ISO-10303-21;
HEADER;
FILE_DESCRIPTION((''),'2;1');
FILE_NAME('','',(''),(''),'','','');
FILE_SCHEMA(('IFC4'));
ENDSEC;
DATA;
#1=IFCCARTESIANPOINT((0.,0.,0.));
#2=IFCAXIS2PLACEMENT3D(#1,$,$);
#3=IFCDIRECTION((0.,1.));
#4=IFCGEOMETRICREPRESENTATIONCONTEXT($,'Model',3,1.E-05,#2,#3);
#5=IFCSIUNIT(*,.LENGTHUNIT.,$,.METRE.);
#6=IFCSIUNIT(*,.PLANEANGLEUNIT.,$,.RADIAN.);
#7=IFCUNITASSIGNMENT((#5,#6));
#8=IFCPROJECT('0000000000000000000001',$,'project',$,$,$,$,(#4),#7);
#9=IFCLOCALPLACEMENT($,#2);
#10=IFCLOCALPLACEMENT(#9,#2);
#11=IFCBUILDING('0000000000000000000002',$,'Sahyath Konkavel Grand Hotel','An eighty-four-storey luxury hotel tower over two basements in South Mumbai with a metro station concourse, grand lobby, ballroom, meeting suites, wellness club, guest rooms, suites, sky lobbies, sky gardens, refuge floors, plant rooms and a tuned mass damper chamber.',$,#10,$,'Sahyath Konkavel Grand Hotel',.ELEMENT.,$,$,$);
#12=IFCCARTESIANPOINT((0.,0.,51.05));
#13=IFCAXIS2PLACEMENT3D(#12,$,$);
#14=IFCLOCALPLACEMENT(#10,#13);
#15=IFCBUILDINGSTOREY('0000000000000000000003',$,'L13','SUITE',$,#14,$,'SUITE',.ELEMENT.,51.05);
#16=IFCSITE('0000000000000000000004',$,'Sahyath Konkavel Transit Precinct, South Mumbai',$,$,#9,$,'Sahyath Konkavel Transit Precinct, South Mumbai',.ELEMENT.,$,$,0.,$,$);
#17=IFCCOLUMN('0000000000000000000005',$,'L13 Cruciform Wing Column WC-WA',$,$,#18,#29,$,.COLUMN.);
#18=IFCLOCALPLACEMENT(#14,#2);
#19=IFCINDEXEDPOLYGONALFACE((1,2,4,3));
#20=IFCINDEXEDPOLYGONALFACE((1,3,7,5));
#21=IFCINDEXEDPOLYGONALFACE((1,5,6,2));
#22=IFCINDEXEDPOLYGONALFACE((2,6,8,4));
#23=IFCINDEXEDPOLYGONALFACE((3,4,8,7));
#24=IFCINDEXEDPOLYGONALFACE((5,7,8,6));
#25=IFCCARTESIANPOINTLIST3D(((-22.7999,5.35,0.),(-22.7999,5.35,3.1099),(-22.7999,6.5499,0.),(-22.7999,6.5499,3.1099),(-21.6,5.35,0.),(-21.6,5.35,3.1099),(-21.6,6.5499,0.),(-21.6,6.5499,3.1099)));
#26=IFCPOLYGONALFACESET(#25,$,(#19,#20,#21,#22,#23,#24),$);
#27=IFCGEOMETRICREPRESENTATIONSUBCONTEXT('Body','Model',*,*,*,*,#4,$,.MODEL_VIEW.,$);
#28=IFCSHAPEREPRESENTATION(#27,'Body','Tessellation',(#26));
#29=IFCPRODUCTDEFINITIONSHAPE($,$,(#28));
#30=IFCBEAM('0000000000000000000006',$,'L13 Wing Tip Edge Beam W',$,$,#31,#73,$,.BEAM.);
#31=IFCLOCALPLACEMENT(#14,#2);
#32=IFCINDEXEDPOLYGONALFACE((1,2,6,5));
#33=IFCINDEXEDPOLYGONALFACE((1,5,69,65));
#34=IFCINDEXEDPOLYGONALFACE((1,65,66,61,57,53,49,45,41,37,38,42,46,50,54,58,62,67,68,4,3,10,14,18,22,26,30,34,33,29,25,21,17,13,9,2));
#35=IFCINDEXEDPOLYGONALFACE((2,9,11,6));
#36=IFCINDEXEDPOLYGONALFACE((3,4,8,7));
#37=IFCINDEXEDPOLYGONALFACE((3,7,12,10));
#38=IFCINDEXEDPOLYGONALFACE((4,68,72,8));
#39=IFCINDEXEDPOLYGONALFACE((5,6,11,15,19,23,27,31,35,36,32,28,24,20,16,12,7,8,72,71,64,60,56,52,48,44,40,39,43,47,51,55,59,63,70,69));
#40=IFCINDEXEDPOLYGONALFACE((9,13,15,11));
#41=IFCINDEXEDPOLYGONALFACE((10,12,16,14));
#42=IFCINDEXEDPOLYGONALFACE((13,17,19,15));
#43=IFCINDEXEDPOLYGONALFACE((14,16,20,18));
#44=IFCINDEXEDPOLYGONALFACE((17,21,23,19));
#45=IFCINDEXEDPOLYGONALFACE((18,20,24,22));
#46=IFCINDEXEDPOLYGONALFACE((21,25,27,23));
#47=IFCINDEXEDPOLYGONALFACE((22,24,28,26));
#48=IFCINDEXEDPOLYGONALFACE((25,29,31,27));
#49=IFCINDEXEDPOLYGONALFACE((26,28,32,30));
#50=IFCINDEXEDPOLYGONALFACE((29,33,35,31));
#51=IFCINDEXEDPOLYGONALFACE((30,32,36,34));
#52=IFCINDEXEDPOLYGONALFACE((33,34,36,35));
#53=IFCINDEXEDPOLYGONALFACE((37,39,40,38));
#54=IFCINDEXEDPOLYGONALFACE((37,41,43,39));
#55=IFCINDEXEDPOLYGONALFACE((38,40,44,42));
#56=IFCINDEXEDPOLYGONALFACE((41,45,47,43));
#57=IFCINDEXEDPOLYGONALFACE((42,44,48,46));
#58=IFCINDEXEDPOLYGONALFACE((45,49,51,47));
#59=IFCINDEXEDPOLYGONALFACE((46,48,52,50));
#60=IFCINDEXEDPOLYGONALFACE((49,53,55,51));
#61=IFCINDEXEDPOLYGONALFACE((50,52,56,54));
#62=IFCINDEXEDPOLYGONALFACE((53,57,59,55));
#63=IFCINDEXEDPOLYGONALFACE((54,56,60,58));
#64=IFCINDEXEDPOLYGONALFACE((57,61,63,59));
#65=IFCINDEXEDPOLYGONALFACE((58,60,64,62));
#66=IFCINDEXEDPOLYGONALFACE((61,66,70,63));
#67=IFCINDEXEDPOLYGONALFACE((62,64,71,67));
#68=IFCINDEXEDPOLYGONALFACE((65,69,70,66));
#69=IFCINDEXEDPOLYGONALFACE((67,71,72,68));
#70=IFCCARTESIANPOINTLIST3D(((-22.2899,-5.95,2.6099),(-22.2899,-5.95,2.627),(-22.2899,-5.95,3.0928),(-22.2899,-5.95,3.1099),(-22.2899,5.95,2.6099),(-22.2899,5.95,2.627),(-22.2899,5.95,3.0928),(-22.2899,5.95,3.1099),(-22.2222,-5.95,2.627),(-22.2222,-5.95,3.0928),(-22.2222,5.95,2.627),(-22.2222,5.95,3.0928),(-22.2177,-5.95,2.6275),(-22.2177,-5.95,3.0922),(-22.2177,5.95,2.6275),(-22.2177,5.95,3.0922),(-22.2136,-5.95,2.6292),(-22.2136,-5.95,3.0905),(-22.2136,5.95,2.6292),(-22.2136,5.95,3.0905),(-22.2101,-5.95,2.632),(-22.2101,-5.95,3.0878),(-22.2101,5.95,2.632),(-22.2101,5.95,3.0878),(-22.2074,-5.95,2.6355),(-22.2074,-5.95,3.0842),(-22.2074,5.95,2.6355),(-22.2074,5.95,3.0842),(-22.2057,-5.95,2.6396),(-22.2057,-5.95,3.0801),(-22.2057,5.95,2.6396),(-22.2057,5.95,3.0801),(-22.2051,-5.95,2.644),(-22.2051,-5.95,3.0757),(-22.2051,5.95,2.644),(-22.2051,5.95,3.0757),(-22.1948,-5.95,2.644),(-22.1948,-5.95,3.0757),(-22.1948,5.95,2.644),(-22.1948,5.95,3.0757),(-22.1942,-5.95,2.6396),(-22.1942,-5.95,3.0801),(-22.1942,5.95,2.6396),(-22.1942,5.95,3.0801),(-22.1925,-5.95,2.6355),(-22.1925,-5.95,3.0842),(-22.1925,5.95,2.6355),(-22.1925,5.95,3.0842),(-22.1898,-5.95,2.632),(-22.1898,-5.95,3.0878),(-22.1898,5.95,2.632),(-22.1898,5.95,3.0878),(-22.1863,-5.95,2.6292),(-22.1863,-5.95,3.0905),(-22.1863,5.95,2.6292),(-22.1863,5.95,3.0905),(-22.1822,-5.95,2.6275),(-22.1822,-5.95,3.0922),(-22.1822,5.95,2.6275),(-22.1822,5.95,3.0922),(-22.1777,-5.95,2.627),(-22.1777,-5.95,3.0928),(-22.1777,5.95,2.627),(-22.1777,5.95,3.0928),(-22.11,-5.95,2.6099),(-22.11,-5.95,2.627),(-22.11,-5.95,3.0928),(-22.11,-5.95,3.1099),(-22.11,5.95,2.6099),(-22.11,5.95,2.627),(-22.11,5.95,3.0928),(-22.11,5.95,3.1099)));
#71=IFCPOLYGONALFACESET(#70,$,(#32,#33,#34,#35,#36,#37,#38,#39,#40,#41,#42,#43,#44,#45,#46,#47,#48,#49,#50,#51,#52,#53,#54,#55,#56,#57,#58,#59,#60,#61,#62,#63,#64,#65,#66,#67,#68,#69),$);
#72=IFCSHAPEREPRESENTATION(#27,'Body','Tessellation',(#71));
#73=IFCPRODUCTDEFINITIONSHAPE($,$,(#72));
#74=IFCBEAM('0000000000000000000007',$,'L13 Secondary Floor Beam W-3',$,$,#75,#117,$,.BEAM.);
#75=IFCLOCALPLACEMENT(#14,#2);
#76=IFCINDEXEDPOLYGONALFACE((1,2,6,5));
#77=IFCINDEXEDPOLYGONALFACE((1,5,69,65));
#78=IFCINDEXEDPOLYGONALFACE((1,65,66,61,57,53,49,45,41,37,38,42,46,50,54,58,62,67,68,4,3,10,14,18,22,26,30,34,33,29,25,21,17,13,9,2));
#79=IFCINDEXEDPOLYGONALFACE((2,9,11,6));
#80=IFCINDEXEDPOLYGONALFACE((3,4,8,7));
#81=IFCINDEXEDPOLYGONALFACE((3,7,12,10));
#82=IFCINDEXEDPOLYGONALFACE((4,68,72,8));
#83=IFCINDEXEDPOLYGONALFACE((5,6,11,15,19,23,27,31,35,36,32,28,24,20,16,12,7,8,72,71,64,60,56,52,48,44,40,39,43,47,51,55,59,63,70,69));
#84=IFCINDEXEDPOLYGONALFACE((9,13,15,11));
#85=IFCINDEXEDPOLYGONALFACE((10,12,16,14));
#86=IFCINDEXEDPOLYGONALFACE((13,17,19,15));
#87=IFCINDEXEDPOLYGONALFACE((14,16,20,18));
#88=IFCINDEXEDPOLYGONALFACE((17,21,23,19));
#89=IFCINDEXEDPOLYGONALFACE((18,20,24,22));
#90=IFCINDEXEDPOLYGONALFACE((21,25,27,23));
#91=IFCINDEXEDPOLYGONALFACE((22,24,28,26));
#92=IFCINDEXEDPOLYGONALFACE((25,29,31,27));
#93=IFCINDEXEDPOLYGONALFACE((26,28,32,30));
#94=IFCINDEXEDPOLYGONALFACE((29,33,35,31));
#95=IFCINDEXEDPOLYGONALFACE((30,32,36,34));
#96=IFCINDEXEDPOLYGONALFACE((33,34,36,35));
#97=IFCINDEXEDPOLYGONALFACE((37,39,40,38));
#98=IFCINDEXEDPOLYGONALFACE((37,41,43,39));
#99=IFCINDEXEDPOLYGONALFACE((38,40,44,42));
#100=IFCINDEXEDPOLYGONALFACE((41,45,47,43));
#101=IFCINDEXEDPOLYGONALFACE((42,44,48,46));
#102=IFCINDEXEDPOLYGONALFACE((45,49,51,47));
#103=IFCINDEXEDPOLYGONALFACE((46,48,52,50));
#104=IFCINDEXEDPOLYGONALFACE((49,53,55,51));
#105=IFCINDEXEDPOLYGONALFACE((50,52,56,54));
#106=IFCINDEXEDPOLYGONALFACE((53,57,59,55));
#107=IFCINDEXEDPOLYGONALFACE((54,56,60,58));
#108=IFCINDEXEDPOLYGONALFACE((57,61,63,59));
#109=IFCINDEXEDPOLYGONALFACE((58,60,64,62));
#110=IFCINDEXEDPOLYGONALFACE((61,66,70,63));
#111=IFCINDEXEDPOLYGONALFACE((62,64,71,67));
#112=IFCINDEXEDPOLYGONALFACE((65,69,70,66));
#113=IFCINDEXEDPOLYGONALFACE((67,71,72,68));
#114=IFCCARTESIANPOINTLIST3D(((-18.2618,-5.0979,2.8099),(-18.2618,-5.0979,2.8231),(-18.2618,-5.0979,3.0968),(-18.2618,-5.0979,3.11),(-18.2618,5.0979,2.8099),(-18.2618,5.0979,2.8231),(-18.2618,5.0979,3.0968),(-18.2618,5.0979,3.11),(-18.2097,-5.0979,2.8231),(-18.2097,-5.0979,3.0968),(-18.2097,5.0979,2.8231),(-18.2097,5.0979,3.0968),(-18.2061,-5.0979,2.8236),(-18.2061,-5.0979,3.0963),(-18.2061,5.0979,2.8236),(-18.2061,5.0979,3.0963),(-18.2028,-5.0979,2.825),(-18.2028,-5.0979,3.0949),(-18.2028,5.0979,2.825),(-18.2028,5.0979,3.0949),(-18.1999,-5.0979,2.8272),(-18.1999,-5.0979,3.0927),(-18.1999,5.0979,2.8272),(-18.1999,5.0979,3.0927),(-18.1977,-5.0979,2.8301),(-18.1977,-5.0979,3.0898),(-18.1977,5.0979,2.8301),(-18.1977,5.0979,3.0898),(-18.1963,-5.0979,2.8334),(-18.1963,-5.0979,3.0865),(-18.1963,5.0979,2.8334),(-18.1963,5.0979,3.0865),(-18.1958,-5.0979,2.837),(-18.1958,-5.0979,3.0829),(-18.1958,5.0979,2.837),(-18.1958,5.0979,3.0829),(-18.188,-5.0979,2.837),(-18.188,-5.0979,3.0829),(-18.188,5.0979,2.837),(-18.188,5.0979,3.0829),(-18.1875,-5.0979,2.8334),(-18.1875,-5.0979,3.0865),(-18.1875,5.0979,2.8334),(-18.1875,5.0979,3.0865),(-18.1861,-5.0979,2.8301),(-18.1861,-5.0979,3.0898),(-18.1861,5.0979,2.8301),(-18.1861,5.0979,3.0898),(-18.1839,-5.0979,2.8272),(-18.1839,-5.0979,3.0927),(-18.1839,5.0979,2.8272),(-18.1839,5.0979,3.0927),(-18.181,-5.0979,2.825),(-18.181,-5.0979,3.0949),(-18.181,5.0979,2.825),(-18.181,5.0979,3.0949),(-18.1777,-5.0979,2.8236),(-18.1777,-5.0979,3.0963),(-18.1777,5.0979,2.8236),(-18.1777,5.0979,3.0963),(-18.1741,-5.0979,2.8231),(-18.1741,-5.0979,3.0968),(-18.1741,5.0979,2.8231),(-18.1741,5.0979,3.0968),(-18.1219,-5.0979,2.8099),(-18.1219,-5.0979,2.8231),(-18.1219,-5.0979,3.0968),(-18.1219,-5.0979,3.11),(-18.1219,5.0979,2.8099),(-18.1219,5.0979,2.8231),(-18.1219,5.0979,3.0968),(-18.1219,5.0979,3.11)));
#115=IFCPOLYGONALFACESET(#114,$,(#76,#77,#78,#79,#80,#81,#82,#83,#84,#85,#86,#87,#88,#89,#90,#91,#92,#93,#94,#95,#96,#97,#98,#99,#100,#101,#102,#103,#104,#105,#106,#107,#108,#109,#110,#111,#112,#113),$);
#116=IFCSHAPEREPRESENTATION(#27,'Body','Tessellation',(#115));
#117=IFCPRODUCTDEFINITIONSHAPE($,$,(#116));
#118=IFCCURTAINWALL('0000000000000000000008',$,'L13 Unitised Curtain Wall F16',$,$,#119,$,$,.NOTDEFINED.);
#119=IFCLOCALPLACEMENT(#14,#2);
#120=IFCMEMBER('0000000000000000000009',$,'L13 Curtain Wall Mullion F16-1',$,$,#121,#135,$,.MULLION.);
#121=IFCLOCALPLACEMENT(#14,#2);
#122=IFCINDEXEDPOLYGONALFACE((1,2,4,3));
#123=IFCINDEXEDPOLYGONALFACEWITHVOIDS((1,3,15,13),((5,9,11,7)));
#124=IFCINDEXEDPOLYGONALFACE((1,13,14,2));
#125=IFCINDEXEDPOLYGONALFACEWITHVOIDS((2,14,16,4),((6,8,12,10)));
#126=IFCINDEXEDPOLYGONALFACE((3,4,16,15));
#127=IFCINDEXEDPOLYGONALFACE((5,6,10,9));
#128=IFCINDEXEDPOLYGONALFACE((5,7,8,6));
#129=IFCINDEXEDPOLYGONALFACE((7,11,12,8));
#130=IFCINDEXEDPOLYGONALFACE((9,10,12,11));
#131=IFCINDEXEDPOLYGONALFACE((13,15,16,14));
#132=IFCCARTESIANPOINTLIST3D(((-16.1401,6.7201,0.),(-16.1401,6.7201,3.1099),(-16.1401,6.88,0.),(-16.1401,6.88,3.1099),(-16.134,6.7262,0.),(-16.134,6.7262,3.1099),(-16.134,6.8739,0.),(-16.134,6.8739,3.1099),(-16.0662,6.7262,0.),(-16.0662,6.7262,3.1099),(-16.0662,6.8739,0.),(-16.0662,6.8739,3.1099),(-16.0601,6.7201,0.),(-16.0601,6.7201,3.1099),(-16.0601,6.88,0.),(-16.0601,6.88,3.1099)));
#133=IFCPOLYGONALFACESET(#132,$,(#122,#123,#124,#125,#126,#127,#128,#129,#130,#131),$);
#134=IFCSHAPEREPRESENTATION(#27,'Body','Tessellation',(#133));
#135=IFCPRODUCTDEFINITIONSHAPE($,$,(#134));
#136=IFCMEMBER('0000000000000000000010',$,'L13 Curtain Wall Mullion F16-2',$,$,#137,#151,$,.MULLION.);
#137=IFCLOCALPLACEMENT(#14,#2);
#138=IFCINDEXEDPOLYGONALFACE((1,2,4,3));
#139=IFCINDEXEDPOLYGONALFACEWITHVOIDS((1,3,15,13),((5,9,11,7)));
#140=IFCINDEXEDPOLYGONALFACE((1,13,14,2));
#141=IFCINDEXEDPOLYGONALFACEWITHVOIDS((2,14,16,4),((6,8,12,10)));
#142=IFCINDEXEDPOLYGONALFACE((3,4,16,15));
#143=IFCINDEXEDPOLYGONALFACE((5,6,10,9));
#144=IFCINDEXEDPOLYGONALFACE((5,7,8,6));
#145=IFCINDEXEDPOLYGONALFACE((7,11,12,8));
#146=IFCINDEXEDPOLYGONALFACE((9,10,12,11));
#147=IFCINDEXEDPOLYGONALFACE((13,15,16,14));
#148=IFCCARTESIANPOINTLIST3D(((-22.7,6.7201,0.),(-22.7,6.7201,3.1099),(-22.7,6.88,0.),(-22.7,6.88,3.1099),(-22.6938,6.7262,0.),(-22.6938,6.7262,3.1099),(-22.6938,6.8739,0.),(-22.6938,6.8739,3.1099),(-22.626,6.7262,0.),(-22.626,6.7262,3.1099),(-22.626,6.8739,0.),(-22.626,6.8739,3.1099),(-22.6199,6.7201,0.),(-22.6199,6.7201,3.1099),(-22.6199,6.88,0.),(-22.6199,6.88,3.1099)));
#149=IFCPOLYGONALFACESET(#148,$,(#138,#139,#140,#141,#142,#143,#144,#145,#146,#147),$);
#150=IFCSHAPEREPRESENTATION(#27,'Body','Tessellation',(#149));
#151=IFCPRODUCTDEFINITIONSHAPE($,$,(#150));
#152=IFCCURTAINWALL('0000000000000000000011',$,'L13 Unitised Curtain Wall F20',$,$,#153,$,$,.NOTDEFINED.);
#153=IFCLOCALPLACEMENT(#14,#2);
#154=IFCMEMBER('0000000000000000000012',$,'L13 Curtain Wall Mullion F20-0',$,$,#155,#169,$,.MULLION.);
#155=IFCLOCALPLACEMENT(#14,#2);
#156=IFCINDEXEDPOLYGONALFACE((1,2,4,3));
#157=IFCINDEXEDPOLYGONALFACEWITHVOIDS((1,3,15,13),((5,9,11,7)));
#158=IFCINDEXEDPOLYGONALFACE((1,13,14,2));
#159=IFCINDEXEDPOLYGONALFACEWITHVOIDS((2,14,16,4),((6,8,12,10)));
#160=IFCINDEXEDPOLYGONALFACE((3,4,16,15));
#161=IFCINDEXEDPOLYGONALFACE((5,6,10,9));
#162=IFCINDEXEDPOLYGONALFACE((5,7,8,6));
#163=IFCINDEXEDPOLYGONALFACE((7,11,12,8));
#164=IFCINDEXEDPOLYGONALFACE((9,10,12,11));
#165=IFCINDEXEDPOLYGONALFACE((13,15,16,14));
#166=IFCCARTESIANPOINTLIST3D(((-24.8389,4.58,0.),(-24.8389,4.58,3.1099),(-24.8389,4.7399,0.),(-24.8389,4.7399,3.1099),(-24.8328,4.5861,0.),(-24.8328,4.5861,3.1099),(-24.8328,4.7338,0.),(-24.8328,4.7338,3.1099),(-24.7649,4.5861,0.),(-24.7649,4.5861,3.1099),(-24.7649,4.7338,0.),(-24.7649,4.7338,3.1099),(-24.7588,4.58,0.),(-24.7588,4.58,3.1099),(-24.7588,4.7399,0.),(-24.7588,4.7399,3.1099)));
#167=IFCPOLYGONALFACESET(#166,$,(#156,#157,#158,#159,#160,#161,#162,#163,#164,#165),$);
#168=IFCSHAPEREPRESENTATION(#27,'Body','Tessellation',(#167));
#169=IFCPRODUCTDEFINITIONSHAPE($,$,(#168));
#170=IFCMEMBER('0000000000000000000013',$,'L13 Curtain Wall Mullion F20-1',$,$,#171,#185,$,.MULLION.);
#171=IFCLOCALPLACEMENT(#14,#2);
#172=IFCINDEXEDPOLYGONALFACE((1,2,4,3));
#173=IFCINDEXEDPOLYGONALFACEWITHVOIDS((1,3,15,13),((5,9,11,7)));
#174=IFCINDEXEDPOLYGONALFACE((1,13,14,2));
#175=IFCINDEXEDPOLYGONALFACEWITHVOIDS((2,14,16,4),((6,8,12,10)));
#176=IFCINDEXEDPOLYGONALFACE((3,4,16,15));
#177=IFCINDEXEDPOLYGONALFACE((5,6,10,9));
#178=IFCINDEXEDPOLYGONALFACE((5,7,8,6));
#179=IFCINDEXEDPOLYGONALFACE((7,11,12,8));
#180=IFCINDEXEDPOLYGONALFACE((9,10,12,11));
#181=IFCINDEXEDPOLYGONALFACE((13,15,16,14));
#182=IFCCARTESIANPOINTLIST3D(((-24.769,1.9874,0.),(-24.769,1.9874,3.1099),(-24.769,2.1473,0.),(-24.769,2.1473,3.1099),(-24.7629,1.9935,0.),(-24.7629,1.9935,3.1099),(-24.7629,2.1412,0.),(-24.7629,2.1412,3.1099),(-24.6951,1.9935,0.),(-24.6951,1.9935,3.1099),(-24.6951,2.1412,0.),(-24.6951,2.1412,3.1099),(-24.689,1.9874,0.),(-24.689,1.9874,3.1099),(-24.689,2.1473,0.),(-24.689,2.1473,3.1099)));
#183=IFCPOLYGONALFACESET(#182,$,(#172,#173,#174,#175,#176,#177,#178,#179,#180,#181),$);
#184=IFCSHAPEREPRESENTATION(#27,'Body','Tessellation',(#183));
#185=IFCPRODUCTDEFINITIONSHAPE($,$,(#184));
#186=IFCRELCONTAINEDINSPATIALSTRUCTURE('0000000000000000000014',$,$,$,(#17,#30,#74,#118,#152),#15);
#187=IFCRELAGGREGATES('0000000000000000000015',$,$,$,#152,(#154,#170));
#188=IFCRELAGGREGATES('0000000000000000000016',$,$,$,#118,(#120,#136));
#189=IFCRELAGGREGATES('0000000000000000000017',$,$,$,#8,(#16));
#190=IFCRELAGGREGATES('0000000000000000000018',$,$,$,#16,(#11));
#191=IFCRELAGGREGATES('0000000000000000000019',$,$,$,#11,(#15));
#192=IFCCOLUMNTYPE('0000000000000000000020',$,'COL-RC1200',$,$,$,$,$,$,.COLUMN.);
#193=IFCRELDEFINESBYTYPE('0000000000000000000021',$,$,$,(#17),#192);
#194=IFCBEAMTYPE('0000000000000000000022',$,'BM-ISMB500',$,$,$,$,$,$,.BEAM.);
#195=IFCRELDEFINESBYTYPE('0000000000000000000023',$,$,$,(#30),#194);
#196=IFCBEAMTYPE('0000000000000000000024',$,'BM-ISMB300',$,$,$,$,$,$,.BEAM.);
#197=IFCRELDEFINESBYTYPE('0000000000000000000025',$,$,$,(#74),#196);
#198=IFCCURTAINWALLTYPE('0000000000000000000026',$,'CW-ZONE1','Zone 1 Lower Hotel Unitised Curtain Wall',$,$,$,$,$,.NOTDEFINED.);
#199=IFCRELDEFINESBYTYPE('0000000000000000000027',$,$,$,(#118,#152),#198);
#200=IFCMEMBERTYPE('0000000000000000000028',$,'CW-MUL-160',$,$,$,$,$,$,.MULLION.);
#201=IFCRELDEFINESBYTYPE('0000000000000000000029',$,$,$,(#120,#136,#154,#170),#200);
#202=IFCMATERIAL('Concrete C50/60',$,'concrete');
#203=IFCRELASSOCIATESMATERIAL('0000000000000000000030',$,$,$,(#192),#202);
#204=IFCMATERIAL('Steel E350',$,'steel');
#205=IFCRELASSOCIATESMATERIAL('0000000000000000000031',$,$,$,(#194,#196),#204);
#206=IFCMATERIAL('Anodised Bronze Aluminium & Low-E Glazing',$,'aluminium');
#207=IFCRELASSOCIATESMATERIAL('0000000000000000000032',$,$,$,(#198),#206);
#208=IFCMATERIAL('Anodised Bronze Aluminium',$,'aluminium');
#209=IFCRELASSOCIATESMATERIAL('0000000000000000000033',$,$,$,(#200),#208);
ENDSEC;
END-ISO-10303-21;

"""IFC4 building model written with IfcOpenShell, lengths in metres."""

from ifc_helpers import new_model, si_unit, direction, frame, origin, origin_2d, place, context, subcontext, project, spatial, rectangle, hollow_rectangle, i_section, extrude, source, transform, mapped, material, material_profile, profile_set, type_object, element, aggregate, save


model = new_model("IFC4")

# Units and contexts
model_context = context("Model", 3, precision=1e-05, world=origin(), true_north=direction((0.0, 1.0)))
body_context = subcontext(model_context, "Body", "Model", "MODEL_VIEW")
ifc_project = project(units=[si_unit("LENGTHUNIT", "METRE"), si_unit("PLANEANGLEUNIT", "RADIAN")], contexts=[model_context])

# Site, building, storey
site_placement = place(None, origin())
site = spatial("IfcSite", under=ifc_project, at=site_placement, Name="Sahyath Konkavel Transit Precinct, South Mumbai", LongName="Sahyath Konkavel Transit Precinct, South Mumbai", CompositionType="ELEMENT", RefElevation=0.0)
building_placement = place(site_placement, origin())
building = spatial("IfcBuilding", under=site, at=building_placement, Name="Sahyath Konkavel Grand Hotel", Description="An eighty-four-storey luxury hotel tower over two basements in South Mumbai with a metro station concourse, grand lobby, ballroom, meeting suites, wellness club, guest rooms, suites, sky lobbies, sky gardens, refuge floors, plant rooms and a tuned mass damper chamber.", LongName="Sahyath Konkavel Grand Hotel", CompositionType="ELEMENT")
storey_placement = place(building_placement, frame((0.0, 0.0, 51.05)))
storey = spatial("IfcBuildingStorey", under=building, at=storey_placement, Name="L13", Description="SUITE", LongName="SUITE", CompositionType="ELEMENT", Elevation=51.05)

# Column
ifc_material_1 = material(Name="Concrete C50/60", Category="concrete")
ifc_material_profile_1 = material_profile(ifc_material_1, rectangle(XDim=1.2, YDim=1.2, at=origin_2d()), Name="RC 1200x1200")
ifc_profile_set_1 = profile_set([ifc_material_profile_1], Name="Concrete C50/60")
column_type = type_object("IfcColumnType", Name="COL-RC1200", PredefinedType="COLUMN", material=ifc_profile_set_1)
shared_shape_1 = source(origin(), body_context, "Body", "SweptSolid", [
    extrude(rectangle(XDim=1.2, YDim=1.2, at=origin_2d()), origin(), (0.0, 0.0, 1.0), 3.1099),
])
column_placement = place(storey_placement, frame((-22.2, 5.95, 0.0), z_axis=(0.0, 0.0, 1.0), x_axis=(1.0, 0.0, 0.0)))
element("IfcColumn", 1, at=column_placement, inside=storey, type_object=column_type, Name="L13 Cruciform Wing Column WC-WA", PredefinedType="COLUMN", context=body_context, shape_type="MappedRepresentation", body=[
    mapped(shared_shape_1, transform((0.0, 0.0, 0.0), scale=1.0)),
])

# Beams
ifc_material_2 = material(Name="Steel E350", Category="steel")
ifc_material_profile_2 = material_profile(ifc_material_2, i_section(OverallWidth=0.1799, OverallDepth=0.5, WebThickness=0.0103, FlangeThickness=0.0171, FilletRadius=0.0171, at=origin_2d()), Name="ISMB 500")
ifc_profile_set_2 = profile_set([ifc_material_profile_2], Name="Steel E350")
beam_type_1 = type_object("IfcBeamType", Name="BM-ISMB500", PredefinedType="BEAM", material=ifc_profile_set_2)
shared_shape_2 = source(origin(), body_context, "Body", "SweptSolid", [
    extrude(i_section(OverallWidth=0.1799, OverallDepth=0.5, WebThickness=0.0103, FlangeThickness=0.0171, FilletRadius=0.0171, at=origin_2d()), origin(), (0.0, 0.0, 1.0), 11.8999),
])
beam_1_placement = place(storey_placement, frame((-22.2, 5.95, 2.8599), z_axis=(0.0, -1.0, 0.0), x_axis=(1.0, 0.0, 0.0)))
element("IfcBeam", 2, at=beam_1_placement, inside=storey, type_object=beam_type_1, Name="L13 Wing Tip Edge Beam W", PredefinedType="BEAM", context=body_context, shape_type="MappedRepresentation", body=[
    mapped(shared_shape_2, transform((0.0, 0.0, 0.0), scale=1.0)),
])
ifc_material_profile_3 = material_profile(ifc_material_2, i_section(OverallWidth=0.1399, OverallDepth=0.3, WebThickness=0.0078, FlangeThickness=0.0132, FilletRadius=0.0139, at=origin_2d()), Name="ISMB 300")
ifc_profile_set_3 = profile_set([ifc_material_profile_3], Name="Steel E350")
beam_type_2 = type_object("IfcBeamType", Name="BM-ISMB300", PredefinedType="BEAM", material=ifc_profile_set_3)
shared_shape_3 = source(origin(), body_context, "Body", "SweptSolid", [
    extrude(i_section(OverallWidth=0.1399, OverallDepth=0.3, WebThickness=0.0078, FlangeThickness=0.0132, FilletRadius=0.0139, at=origin_2d()), origin(), (0.0, 0.0, 1.0), 10.1958),
])
beam_2_placement = place(storey_placement, frame((-18.1919, 5.0979, 2.96), z_axis=(0.0, -1.0, 0.0), x_axis=(1.0, 0.0, 0.0)))
element("IfcBeam", 3, at=beam_2_placement, inside=storey, type_object=beam_type_2, Name="L13 Secondary Floor Beam W-3", PredefinedType="BEAM", context=body_context, shape_type="MappedRepresentation", body=[
    mapped(shared_shape_3, transform((0.0, 0.0, 0.0), scale=1.0)),
])

# Curtain wall, members
ifc_material_3 = material(Name="Anodised Bronze Aluminium & Low-E Glazing", Category="aluminium")
curtain_wall_type = type_object("IfcCurtainWallType", Name="CW-ZONE1", Description="Zone 1 Lower Hotel Unitised Curtain Wall", PredefinedType="NOTDEFINED", material=ifc_material_3)
curtain_wall_1_placement = place(storey_placement, origin())
curtain_wall_1 = element("IfcCurtainWall", 4, at=curtain_wall_1_placement, inside=storey, type_object=curtain_wall_type, Name="L13 Unitised Curtain Wall F16", PredefinedType="NOTDEFINED")
ifc_material_4 = material(Name="Anodised Bronze Aluminium", Category="aluminium")
ifc_material_profile_4 = material_profile(ifc_material_4, hollow_rectangle(XDim=0.0801, YDim=0.1599, WallThickness=0.0061, at=origin_2d()), Name="RHS 160x80x6")
ifc_profile_set_4 = profile_set([ifc_material_profile_4], Name="Anodised Bronze Aluminium")
member_type_1 = type_object("IfcMemberType", Name="CW-MUL-160", PredefinedType="MULLION", material=ifc_profile_set_4)
shared_shape_4 = source(origin(), body_context, "Body", "SweptSolid", [
    extrude(hollow_rectangle(XDim=0.0801, YDim=0.1599, WallThickness=0.0061, at=origin_2d()), origin(), (0.0, 0.0, 1.0), 3.1099),
])
member_1_placement = place(storey_placement, frame((-16.1001, 6.8, 0.0), z_axis=(0.0, 0.0, 1.0), x_axis=(1.0, 0.0, 0.0)))
member_1 = element("IfcMember", 5, at=member_1_placement, type_object=member_type_1, Name="L13 Curtain Wall Mullion F16-1", PredefinedType="MULLION", context=body_context, shape_type="MappedRepresentation", body=[
    mapped(shared_shape_4, transform((0.0, 0.0, 0.0), scale=1.0)),
])
member_2_placement = place(storey_placement, frame((-22.6599, 6.8, 0.0), z_axis=(0.0, 0.0, 1.0), x_axis=(1.0, 0.0, 0.0)))
member_2 = element("IfcMember", 6, at=member_2_placement, type_object=member_type_1, Name="L13 Curtain Wall Mullion F16-2", PredefinedType="MULLION", context=body_context, shape_type="MappedRepresentation", body=[
    mapped(shared_shape_4, transform((0.0, 0.0, 0.0), scale=1.0)),
])

# Curtain wall, members
curtain_wall_2_placement = place(storey_placement, origin())
curtain_wall_2 = element("IfcCurtainWall", 7, at=curtain_wall_2_placement, inside=storey, type_object=curtain_wall_type, Name="L13 Unitised Curtain Wall F20", PredefinedType="NOTDEFINED")
member_3_placement = place(storey_placement, frame((-24.7988, 4.6599, 0.0), z_axis=(0.0, 0.0, 1.0), x_axis=(1.0, 0.0, 0.0)))
member_3 = element("IfcMember", 8, at=member_3_placement, type_object=member_type_1, Name="L13 Curtain Wall Mullion F20-0", PredefinedType="MULLION", context=body_context, shape_type="MappedRepresentation", body=[
    mapped(shared_shape_4, transform((0.0, 0.0, 0.0), scale=1.0)),
])
member_4_placement = place(storey_placement, frame((-24.729, 2.0674, 0.0), z_axis=(0.0, 0.0, 1.0), x_axis=(1.0, 0.0, 0.0)))
member_4 = element("IfcMember", 9, at=member_4_placement, type_object=member_type_1, Name="L13 Curtain Wall Mullion F20-1", PredefinedType="MULLION", context=body_context, shape_type="MappedRepresentation", body=[
    mapped(shared_shape_4, transform((0.0, 0.0, 0.0), scale=1.0)),
])
aggregate(curtain_wall_2, [member_3, member_4])

aggregate(curtain_wall_1, [member_1, member_2])

save(model, "model.ifc")
